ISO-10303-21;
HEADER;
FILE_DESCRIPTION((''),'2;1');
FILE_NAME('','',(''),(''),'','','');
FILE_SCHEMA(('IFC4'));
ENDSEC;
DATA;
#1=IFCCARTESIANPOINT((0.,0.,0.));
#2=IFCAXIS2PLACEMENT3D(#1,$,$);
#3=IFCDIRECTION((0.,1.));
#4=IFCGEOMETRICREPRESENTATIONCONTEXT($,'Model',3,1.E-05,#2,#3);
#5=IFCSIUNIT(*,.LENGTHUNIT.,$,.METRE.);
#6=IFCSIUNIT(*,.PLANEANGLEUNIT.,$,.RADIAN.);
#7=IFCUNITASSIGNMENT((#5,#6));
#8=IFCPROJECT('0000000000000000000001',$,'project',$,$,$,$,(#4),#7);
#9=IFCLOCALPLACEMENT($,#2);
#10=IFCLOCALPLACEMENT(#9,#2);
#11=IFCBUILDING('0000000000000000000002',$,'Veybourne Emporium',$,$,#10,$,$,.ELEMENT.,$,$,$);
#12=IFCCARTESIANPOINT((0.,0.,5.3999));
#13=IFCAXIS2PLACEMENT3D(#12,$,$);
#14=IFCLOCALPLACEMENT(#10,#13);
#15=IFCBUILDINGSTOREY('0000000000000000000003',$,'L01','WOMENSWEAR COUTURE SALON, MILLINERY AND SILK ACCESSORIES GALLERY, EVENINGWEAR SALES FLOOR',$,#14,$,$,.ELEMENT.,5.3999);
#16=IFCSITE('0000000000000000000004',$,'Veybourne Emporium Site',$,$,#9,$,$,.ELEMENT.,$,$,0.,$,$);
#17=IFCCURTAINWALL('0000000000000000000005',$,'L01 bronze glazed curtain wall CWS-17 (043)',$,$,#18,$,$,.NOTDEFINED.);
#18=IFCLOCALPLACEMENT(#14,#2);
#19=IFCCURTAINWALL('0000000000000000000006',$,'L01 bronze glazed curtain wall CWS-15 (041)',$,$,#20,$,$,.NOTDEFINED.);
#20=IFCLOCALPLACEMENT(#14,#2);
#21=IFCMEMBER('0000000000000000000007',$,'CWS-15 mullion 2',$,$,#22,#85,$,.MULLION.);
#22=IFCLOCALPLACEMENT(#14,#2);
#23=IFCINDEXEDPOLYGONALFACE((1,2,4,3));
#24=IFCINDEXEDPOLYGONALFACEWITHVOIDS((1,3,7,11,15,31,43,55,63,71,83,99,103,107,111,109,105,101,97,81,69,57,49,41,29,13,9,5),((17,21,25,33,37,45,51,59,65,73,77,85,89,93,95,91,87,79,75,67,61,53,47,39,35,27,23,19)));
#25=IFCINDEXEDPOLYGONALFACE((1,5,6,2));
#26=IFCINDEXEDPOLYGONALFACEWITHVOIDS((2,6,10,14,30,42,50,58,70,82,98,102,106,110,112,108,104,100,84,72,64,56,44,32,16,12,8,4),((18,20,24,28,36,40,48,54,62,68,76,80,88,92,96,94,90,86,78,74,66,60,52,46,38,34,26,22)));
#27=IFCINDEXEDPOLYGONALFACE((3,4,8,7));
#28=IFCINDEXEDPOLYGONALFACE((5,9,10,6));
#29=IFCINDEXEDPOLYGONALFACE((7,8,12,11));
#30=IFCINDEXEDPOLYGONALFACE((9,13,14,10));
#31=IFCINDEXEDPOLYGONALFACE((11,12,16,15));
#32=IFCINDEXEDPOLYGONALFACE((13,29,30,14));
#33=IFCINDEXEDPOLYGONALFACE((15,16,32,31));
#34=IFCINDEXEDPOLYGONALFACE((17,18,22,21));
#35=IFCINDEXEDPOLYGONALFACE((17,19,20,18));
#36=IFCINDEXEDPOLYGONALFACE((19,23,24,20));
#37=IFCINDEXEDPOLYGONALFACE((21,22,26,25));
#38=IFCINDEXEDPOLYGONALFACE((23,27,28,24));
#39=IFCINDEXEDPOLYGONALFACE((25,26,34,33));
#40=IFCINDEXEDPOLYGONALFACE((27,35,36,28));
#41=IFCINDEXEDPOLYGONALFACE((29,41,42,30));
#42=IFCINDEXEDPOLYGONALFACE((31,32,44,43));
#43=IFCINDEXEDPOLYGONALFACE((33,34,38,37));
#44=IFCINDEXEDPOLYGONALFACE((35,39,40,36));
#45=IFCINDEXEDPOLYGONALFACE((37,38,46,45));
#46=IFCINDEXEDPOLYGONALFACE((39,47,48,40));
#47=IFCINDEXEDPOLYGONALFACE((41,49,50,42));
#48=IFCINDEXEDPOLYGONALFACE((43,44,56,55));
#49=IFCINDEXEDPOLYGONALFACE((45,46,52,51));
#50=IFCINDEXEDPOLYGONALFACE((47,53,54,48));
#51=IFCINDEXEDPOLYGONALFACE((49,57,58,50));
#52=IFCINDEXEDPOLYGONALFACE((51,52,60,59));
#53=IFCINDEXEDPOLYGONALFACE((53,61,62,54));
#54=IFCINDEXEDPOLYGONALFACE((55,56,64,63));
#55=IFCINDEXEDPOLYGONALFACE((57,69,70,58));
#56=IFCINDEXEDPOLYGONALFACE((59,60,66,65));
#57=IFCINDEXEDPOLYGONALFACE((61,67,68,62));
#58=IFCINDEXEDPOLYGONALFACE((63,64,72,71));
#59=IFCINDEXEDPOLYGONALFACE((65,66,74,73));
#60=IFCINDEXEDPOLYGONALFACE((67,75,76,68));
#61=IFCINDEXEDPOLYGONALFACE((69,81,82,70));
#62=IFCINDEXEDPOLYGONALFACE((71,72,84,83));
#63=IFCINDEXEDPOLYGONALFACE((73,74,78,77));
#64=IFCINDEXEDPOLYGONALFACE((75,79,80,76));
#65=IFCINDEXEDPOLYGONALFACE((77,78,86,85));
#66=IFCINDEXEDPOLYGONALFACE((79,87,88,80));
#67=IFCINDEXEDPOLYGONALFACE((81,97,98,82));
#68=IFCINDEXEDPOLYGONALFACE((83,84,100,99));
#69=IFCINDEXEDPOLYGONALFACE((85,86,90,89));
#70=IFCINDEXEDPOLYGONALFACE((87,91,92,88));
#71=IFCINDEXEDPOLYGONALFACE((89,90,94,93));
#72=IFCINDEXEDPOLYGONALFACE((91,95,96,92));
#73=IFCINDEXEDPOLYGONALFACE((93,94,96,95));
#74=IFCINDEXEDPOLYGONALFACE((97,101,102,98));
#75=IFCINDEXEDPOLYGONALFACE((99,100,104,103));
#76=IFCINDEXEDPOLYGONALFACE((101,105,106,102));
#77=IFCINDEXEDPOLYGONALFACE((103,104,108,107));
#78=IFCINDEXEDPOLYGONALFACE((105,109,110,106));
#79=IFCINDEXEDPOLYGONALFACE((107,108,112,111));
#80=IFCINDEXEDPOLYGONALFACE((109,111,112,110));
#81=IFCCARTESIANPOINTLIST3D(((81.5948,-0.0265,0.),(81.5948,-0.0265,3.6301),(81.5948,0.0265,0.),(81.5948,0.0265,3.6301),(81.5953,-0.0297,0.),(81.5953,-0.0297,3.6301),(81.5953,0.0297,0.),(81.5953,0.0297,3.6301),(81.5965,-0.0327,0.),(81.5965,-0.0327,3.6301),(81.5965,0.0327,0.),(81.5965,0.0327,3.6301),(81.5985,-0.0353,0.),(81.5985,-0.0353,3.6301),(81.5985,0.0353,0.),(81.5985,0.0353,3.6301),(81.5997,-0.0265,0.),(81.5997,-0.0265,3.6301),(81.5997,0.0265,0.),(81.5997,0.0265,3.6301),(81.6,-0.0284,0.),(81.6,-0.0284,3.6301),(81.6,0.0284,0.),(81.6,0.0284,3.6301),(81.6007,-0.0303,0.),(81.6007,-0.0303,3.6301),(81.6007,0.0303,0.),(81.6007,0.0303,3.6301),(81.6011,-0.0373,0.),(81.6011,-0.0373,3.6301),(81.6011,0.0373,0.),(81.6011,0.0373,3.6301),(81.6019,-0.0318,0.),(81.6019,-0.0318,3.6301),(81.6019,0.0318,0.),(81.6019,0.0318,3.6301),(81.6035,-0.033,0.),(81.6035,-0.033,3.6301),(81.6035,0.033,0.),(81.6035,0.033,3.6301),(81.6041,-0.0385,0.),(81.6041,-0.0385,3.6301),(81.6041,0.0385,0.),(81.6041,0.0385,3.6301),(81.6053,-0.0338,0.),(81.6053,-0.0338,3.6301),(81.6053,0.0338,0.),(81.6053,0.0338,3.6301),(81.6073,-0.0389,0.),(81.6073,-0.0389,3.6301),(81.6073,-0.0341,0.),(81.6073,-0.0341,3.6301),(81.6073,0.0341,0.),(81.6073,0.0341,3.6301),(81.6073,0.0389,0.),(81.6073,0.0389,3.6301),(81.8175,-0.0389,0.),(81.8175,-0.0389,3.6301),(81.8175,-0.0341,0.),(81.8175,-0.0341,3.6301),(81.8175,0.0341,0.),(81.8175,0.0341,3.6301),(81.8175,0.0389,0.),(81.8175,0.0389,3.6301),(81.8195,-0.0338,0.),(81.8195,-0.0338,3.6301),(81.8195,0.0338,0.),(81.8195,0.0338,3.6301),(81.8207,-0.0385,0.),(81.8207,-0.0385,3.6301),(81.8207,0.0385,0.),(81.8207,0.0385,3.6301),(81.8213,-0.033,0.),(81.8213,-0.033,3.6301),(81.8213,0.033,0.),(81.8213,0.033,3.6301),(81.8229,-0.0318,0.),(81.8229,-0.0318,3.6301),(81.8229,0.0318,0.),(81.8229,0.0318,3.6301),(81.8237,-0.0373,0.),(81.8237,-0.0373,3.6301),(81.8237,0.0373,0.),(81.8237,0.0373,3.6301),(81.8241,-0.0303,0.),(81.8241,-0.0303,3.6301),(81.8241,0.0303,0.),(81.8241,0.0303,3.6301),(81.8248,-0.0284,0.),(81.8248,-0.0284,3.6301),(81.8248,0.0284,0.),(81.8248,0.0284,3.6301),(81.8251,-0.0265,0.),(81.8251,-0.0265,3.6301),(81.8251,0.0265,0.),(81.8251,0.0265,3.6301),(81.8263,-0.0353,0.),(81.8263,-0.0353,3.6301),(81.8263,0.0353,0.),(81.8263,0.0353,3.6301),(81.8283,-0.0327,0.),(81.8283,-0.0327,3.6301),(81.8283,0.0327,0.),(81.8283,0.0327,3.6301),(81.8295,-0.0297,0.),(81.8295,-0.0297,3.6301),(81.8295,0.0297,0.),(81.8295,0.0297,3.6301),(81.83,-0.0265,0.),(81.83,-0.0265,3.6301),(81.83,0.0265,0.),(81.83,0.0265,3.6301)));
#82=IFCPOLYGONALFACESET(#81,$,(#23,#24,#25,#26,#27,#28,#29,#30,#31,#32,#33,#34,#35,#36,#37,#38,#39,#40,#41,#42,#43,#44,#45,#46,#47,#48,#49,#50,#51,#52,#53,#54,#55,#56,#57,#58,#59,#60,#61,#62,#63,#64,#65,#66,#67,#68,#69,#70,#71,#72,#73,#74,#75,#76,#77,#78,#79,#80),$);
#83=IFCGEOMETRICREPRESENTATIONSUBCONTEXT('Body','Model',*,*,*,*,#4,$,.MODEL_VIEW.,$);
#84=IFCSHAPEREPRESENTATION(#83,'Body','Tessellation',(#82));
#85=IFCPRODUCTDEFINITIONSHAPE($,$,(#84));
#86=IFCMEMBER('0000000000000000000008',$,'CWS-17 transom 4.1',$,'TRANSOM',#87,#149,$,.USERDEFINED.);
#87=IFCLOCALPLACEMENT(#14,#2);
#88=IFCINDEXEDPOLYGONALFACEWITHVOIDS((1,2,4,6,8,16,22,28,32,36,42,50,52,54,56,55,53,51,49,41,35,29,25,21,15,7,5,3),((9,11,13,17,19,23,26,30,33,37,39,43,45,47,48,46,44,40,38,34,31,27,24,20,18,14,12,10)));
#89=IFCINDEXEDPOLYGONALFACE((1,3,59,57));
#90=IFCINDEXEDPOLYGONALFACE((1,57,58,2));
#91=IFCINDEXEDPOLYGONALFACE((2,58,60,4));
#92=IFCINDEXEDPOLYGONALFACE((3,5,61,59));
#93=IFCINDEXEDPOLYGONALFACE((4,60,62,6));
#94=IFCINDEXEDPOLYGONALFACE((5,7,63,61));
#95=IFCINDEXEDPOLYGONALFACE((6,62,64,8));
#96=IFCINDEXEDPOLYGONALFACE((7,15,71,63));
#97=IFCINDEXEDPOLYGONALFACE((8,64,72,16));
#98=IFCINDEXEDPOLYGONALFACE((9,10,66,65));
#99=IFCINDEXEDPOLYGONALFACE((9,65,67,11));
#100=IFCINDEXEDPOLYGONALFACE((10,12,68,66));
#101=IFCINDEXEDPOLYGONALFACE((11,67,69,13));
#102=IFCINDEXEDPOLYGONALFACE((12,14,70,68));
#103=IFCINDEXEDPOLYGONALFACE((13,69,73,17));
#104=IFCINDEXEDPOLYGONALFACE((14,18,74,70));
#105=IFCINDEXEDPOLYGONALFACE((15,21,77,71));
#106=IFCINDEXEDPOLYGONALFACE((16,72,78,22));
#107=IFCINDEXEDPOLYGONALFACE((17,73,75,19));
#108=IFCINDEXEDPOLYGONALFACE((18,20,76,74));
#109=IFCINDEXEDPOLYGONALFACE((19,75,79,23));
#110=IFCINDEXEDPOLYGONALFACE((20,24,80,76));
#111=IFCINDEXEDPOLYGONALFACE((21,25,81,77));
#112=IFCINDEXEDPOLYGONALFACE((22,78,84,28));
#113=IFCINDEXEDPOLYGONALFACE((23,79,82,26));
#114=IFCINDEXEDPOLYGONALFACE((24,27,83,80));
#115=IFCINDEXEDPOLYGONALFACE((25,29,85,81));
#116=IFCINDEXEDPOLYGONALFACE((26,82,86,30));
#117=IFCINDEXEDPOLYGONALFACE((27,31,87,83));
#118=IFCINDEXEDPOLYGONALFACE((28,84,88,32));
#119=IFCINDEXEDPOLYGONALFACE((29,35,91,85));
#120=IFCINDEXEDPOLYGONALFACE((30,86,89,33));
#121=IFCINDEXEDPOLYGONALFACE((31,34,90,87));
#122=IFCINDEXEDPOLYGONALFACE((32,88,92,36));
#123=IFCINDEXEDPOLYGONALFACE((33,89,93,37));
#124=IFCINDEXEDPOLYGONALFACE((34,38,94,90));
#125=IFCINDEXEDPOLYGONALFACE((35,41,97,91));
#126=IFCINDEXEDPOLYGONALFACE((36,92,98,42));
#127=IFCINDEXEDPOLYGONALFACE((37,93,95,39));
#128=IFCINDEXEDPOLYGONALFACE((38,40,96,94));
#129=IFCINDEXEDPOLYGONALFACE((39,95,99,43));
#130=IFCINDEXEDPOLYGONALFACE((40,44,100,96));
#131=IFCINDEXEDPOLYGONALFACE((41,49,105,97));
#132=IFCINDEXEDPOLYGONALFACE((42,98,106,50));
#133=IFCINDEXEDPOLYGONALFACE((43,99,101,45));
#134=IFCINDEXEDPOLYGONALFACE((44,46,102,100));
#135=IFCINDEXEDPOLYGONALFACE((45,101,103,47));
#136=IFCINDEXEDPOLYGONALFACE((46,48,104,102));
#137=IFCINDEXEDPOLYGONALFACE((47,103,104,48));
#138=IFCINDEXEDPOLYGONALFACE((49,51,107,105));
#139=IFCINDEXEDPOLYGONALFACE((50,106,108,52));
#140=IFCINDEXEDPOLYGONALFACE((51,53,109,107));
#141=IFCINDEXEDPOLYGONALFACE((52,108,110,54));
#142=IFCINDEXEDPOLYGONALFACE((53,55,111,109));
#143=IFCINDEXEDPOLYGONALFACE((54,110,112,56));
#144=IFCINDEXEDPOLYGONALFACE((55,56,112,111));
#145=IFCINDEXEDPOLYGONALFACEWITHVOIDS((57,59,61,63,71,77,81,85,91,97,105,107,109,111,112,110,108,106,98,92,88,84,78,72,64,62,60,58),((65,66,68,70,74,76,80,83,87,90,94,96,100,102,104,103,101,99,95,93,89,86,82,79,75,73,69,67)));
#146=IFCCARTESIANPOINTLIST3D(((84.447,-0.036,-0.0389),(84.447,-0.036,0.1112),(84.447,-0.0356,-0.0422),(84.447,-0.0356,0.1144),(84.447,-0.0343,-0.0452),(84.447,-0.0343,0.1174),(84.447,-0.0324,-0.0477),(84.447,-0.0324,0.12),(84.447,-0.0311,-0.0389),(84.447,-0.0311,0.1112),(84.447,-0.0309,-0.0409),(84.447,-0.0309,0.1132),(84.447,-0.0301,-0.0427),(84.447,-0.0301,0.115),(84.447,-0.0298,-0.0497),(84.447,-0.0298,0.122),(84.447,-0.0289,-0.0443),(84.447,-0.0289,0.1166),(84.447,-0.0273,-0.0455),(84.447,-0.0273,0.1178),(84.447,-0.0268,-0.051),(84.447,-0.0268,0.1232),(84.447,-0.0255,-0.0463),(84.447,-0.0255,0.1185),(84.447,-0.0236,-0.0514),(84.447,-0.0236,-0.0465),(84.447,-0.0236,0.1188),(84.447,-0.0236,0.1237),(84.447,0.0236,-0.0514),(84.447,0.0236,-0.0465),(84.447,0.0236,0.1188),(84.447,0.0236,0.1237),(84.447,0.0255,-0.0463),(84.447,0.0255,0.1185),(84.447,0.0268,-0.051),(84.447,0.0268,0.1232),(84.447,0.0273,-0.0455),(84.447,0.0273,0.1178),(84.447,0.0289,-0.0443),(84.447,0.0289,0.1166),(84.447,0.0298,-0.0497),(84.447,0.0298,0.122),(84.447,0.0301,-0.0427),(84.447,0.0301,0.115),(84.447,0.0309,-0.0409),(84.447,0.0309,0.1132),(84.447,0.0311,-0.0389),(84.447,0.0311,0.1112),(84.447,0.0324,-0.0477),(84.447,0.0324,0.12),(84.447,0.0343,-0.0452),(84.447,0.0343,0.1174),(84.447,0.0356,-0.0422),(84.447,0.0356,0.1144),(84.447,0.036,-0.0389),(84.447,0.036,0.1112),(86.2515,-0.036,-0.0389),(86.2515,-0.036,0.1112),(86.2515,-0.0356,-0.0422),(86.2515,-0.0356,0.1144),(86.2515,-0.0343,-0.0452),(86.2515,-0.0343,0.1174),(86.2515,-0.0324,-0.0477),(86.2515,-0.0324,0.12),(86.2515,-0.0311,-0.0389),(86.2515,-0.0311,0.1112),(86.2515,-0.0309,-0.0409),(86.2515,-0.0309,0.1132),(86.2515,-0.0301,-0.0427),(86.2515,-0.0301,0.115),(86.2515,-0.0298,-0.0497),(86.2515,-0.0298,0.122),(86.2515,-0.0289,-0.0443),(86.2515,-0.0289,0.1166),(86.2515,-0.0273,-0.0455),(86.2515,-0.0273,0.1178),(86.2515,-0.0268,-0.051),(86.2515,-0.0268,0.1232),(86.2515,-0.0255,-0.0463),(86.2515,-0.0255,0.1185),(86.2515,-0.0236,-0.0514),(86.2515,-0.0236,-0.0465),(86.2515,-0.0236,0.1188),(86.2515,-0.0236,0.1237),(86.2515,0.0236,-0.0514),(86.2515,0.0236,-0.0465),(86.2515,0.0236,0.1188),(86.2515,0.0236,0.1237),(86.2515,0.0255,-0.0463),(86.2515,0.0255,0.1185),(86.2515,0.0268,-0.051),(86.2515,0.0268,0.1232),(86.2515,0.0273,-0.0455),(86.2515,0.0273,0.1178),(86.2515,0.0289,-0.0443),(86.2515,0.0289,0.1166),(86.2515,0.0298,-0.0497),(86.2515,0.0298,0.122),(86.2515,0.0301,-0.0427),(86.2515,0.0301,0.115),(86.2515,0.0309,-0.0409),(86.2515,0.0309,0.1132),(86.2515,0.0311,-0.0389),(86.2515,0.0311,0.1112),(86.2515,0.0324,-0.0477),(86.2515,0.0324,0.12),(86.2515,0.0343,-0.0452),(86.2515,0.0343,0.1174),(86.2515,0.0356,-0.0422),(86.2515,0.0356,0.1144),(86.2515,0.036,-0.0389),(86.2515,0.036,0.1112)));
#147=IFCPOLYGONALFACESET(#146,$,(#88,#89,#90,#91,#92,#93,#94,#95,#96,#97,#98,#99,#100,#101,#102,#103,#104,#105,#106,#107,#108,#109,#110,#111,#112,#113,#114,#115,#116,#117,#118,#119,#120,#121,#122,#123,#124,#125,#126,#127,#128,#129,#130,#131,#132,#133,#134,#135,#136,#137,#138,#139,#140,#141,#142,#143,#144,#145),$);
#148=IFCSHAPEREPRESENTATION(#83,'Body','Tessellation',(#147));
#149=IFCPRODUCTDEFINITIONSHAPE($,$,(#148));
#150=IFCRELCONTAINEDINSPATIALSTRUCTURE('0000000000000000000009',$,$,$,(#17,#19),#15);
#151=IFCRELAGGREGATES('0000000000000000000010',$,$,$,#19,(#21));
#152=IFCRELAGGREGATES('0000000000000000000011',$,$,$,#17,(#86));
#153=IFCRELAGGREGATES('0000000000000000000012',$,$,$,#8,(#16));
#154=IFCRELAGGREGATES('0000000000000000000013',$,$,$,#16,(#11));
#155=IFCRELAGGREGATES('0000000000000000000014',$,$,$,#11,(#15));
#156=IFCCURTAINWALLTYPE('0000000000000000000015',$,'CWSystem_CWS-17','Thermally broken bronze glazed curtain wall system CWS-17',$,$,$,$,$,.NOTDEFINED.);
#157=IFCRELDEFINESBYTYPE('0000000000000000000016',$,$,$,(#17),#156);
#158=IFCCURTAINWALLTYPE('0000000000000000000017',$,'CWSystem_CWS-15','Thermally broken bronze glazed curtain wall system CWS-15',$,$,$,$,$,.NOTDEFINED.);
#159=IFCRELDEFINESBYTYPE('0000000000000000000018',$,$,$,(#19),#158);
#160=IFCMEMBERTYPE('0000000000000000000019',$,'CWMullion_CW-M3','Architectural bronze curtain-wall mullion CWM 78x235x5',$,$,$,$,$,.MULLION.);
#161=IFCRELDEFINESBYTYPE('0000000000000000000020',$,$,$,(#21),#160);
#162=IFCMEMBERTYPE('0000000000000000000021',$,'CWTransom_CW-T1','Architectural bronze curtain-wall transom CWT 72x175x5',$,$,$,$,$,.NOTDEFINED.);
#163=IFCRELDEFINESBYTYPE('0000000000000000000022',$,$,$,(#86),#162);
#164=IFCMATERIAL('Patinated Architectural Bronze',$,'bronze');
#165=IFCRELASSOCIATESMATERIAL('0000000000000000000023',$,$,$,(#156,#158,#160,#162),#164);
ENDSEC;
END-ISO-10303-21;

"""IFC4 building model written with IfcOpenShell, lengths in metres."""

from ifc_helpers import new_model, si_unit, direction, frame, origin, origin_2d, place, context, subcontext, project, spatial, hollow_rectangle, extrude, material, material_profile, profile_set, type_object, element, aggregate, save


model = new_model("IFC4")

# Units and contexts
model_context = context("Model", 3, precision=1e-05, world=origin(), true_north=direction((0.0, 1.0)))
body_context = subcontext(model_context, "Body", "Model", "MODEL_VIEW")
ifc_project = project(units=[si_unit("LENGTHUNIT", "METRE"), si_unit("PLANEANGLEUNIT", "RADIAN")], contexts=[model_context])

# Site, building, storey
site_placement = place(None, origin())
site = spatial("IfcSite", under=ifc_project, at=site_placement, Name="Veybourne Emporium Site", CompositionType="ELEMENT", RefElevation=0.0)
building_placement = place(site_placement, origin())
building = spatial("IfcBuilding", under=site, at=building_placement, Name="Veybourne Emporium", CompositionType="ELEMENT")
storey_placement = place(building_placement, frame((0.0, 0.0, 5.3999)))
storey = spatial("IfcBuildingStorey", under=building, at=storey_placement, Name="L01", Description="WOMENSWEAR COUTURE SALON, MILLINERY AND SILK ACCESSORIES GALLERY, EVENINGWEAR SALES FLOOR", CompositionType="ELEMENT", Elevation=5.3999)

# Curtain wall
ifc_material_1 = material(Name="Patinated Architectural Bronze", Category="bronze")
curtain_wall_type_1 = type_object("IfcCurtainWallType", Name="CWSystem_CWS-17", Description="Thermally broken bronze glazed curtain wall system CWS-17", PredefinedType="NOTDEFINED", material=ifc_material_1)
curtain_wall_1_placement = place(storey_placement, origin())
curtain_wall_1 = element("IfcCurtainWall", 1, at=curtain_wall_1_placement, inside=storey, type_object=curtain_wall_type_1, Name="L01 bronze glazed curtain wall CWS-17 (043)", PredefinedType="NOTDEFINED")

# Curtain wall, member
curtain_wall_type_2 = type_object("IfcCurtainWallType", Name="CWSystem_CWS-15", Description="Thermally broken bronze glazed curtain wall system CWS-15", PredefinedType="NOTDEFINED", material=ifc_material_1)
curtain_wall_2_placement = place(storey_placement, origin())
curtain_wall_2 = element("IfcCurtainWall", 2, at=curtain_wall_2_placement, inside=storey, type_object=curtain_wall_type_2, Name="L01 bronze glazed curtain wall CWS-15 (041)", PredefinedType="NOTDEFINED")
ifc_material_profile_1 = material_profile(ifc_material_1, hollow_rectangle(XDim=0.0779, YDim=0.2351, WallThickness=0.0049, InnerFilletRadius=0.0076, OuterFilletRadius=0.0125, at=origin_2d()), Name="CWM 78x235x5")
ifc_profile_set_1 = profile_set([ifc_material_profile_1], Name="Patinated Architectural Bronze")
member_type_1 = type_object("IfcMemberType", Name="CWMullion_CW-M3", Description="Architectural bronze curtain-wall mullion CWM 78x235x5", PredefinedType="MULLION", material=ifc_profile_set_1)
member_1_placement = place(storey_placement, frame((81.7124, 0.0, 0.0), z_axis=(0.0, 0.0, 1.0), x_axis=(0.0, -1.0, 0.0)))
member_1 = element("IfcMember", 3, at=member_1_placement, type_object=member_type_1, Name="CWS-15 mullion 2", PredefinedType="MULLION", context=body_context, shape_type="SweptSolid", body=[
    extrude(hollow_rectangle(XDim=0.0779, YDim=0.2351, WallThickness=0.0049, InnerFilletRadius=0.0076, OuterFilletRadius=0.0125, at=origin_2d()), origin(), (0.0, 0.0, 1.0), 3.6301),
])

# Member
ifc_material_profile_2 = material_profile(ifc_material_1, hollow_rectangle(XDim=0.072, YDim=0.175, WallThickness=0.0049, InnerFilletRadius=0.0076, OuterFilletRadius=0.0125, at=origin_2d()), Name="CWT 72x175x5")
ifc_profile_set_2 = profile_set([ifc_material_profile_2], Name="Patinated Architectural Bronze")
member_type_2 = type_object("IfcMemberType", Name="CWTransom_CW-T1", Description="Architectural bronze curtain-wall transom CWT 72x175x5", PredefinedType="NOTDEFINED", material=ifc_profile_set_2)
member_2_placement = place(storey_placement, frame((86.2515, 0.0, 0.0361), z_axis=(-1.0, 0.0, 0.0), x_axis=(0.0, -1.0, 0.0)))
member_2 = element("IfcMember", 4, at=member_2_placement, type_object=member_type_2, Name="CWS-17 transom 4.1", ObjectType="TRANSOM", PredefinedType="USERDEFINED", context=body_context, shape_type="SweptSolid", body=[
    extrude(hollow_rectangle(XDim=0.072, YDim=0.175, WallThickness=0.0049, InnerFilletRadius=0.0076, OuterFilletRadius=0.0125, at=origin_2d()), origin(), (0.0, 0.0, 1.0), 1.8044),
])

aggregate(curtain_wall_2, [member_1])
aggregate(curtain_wall_1, [member_2])

save(model, "model.ifc")
